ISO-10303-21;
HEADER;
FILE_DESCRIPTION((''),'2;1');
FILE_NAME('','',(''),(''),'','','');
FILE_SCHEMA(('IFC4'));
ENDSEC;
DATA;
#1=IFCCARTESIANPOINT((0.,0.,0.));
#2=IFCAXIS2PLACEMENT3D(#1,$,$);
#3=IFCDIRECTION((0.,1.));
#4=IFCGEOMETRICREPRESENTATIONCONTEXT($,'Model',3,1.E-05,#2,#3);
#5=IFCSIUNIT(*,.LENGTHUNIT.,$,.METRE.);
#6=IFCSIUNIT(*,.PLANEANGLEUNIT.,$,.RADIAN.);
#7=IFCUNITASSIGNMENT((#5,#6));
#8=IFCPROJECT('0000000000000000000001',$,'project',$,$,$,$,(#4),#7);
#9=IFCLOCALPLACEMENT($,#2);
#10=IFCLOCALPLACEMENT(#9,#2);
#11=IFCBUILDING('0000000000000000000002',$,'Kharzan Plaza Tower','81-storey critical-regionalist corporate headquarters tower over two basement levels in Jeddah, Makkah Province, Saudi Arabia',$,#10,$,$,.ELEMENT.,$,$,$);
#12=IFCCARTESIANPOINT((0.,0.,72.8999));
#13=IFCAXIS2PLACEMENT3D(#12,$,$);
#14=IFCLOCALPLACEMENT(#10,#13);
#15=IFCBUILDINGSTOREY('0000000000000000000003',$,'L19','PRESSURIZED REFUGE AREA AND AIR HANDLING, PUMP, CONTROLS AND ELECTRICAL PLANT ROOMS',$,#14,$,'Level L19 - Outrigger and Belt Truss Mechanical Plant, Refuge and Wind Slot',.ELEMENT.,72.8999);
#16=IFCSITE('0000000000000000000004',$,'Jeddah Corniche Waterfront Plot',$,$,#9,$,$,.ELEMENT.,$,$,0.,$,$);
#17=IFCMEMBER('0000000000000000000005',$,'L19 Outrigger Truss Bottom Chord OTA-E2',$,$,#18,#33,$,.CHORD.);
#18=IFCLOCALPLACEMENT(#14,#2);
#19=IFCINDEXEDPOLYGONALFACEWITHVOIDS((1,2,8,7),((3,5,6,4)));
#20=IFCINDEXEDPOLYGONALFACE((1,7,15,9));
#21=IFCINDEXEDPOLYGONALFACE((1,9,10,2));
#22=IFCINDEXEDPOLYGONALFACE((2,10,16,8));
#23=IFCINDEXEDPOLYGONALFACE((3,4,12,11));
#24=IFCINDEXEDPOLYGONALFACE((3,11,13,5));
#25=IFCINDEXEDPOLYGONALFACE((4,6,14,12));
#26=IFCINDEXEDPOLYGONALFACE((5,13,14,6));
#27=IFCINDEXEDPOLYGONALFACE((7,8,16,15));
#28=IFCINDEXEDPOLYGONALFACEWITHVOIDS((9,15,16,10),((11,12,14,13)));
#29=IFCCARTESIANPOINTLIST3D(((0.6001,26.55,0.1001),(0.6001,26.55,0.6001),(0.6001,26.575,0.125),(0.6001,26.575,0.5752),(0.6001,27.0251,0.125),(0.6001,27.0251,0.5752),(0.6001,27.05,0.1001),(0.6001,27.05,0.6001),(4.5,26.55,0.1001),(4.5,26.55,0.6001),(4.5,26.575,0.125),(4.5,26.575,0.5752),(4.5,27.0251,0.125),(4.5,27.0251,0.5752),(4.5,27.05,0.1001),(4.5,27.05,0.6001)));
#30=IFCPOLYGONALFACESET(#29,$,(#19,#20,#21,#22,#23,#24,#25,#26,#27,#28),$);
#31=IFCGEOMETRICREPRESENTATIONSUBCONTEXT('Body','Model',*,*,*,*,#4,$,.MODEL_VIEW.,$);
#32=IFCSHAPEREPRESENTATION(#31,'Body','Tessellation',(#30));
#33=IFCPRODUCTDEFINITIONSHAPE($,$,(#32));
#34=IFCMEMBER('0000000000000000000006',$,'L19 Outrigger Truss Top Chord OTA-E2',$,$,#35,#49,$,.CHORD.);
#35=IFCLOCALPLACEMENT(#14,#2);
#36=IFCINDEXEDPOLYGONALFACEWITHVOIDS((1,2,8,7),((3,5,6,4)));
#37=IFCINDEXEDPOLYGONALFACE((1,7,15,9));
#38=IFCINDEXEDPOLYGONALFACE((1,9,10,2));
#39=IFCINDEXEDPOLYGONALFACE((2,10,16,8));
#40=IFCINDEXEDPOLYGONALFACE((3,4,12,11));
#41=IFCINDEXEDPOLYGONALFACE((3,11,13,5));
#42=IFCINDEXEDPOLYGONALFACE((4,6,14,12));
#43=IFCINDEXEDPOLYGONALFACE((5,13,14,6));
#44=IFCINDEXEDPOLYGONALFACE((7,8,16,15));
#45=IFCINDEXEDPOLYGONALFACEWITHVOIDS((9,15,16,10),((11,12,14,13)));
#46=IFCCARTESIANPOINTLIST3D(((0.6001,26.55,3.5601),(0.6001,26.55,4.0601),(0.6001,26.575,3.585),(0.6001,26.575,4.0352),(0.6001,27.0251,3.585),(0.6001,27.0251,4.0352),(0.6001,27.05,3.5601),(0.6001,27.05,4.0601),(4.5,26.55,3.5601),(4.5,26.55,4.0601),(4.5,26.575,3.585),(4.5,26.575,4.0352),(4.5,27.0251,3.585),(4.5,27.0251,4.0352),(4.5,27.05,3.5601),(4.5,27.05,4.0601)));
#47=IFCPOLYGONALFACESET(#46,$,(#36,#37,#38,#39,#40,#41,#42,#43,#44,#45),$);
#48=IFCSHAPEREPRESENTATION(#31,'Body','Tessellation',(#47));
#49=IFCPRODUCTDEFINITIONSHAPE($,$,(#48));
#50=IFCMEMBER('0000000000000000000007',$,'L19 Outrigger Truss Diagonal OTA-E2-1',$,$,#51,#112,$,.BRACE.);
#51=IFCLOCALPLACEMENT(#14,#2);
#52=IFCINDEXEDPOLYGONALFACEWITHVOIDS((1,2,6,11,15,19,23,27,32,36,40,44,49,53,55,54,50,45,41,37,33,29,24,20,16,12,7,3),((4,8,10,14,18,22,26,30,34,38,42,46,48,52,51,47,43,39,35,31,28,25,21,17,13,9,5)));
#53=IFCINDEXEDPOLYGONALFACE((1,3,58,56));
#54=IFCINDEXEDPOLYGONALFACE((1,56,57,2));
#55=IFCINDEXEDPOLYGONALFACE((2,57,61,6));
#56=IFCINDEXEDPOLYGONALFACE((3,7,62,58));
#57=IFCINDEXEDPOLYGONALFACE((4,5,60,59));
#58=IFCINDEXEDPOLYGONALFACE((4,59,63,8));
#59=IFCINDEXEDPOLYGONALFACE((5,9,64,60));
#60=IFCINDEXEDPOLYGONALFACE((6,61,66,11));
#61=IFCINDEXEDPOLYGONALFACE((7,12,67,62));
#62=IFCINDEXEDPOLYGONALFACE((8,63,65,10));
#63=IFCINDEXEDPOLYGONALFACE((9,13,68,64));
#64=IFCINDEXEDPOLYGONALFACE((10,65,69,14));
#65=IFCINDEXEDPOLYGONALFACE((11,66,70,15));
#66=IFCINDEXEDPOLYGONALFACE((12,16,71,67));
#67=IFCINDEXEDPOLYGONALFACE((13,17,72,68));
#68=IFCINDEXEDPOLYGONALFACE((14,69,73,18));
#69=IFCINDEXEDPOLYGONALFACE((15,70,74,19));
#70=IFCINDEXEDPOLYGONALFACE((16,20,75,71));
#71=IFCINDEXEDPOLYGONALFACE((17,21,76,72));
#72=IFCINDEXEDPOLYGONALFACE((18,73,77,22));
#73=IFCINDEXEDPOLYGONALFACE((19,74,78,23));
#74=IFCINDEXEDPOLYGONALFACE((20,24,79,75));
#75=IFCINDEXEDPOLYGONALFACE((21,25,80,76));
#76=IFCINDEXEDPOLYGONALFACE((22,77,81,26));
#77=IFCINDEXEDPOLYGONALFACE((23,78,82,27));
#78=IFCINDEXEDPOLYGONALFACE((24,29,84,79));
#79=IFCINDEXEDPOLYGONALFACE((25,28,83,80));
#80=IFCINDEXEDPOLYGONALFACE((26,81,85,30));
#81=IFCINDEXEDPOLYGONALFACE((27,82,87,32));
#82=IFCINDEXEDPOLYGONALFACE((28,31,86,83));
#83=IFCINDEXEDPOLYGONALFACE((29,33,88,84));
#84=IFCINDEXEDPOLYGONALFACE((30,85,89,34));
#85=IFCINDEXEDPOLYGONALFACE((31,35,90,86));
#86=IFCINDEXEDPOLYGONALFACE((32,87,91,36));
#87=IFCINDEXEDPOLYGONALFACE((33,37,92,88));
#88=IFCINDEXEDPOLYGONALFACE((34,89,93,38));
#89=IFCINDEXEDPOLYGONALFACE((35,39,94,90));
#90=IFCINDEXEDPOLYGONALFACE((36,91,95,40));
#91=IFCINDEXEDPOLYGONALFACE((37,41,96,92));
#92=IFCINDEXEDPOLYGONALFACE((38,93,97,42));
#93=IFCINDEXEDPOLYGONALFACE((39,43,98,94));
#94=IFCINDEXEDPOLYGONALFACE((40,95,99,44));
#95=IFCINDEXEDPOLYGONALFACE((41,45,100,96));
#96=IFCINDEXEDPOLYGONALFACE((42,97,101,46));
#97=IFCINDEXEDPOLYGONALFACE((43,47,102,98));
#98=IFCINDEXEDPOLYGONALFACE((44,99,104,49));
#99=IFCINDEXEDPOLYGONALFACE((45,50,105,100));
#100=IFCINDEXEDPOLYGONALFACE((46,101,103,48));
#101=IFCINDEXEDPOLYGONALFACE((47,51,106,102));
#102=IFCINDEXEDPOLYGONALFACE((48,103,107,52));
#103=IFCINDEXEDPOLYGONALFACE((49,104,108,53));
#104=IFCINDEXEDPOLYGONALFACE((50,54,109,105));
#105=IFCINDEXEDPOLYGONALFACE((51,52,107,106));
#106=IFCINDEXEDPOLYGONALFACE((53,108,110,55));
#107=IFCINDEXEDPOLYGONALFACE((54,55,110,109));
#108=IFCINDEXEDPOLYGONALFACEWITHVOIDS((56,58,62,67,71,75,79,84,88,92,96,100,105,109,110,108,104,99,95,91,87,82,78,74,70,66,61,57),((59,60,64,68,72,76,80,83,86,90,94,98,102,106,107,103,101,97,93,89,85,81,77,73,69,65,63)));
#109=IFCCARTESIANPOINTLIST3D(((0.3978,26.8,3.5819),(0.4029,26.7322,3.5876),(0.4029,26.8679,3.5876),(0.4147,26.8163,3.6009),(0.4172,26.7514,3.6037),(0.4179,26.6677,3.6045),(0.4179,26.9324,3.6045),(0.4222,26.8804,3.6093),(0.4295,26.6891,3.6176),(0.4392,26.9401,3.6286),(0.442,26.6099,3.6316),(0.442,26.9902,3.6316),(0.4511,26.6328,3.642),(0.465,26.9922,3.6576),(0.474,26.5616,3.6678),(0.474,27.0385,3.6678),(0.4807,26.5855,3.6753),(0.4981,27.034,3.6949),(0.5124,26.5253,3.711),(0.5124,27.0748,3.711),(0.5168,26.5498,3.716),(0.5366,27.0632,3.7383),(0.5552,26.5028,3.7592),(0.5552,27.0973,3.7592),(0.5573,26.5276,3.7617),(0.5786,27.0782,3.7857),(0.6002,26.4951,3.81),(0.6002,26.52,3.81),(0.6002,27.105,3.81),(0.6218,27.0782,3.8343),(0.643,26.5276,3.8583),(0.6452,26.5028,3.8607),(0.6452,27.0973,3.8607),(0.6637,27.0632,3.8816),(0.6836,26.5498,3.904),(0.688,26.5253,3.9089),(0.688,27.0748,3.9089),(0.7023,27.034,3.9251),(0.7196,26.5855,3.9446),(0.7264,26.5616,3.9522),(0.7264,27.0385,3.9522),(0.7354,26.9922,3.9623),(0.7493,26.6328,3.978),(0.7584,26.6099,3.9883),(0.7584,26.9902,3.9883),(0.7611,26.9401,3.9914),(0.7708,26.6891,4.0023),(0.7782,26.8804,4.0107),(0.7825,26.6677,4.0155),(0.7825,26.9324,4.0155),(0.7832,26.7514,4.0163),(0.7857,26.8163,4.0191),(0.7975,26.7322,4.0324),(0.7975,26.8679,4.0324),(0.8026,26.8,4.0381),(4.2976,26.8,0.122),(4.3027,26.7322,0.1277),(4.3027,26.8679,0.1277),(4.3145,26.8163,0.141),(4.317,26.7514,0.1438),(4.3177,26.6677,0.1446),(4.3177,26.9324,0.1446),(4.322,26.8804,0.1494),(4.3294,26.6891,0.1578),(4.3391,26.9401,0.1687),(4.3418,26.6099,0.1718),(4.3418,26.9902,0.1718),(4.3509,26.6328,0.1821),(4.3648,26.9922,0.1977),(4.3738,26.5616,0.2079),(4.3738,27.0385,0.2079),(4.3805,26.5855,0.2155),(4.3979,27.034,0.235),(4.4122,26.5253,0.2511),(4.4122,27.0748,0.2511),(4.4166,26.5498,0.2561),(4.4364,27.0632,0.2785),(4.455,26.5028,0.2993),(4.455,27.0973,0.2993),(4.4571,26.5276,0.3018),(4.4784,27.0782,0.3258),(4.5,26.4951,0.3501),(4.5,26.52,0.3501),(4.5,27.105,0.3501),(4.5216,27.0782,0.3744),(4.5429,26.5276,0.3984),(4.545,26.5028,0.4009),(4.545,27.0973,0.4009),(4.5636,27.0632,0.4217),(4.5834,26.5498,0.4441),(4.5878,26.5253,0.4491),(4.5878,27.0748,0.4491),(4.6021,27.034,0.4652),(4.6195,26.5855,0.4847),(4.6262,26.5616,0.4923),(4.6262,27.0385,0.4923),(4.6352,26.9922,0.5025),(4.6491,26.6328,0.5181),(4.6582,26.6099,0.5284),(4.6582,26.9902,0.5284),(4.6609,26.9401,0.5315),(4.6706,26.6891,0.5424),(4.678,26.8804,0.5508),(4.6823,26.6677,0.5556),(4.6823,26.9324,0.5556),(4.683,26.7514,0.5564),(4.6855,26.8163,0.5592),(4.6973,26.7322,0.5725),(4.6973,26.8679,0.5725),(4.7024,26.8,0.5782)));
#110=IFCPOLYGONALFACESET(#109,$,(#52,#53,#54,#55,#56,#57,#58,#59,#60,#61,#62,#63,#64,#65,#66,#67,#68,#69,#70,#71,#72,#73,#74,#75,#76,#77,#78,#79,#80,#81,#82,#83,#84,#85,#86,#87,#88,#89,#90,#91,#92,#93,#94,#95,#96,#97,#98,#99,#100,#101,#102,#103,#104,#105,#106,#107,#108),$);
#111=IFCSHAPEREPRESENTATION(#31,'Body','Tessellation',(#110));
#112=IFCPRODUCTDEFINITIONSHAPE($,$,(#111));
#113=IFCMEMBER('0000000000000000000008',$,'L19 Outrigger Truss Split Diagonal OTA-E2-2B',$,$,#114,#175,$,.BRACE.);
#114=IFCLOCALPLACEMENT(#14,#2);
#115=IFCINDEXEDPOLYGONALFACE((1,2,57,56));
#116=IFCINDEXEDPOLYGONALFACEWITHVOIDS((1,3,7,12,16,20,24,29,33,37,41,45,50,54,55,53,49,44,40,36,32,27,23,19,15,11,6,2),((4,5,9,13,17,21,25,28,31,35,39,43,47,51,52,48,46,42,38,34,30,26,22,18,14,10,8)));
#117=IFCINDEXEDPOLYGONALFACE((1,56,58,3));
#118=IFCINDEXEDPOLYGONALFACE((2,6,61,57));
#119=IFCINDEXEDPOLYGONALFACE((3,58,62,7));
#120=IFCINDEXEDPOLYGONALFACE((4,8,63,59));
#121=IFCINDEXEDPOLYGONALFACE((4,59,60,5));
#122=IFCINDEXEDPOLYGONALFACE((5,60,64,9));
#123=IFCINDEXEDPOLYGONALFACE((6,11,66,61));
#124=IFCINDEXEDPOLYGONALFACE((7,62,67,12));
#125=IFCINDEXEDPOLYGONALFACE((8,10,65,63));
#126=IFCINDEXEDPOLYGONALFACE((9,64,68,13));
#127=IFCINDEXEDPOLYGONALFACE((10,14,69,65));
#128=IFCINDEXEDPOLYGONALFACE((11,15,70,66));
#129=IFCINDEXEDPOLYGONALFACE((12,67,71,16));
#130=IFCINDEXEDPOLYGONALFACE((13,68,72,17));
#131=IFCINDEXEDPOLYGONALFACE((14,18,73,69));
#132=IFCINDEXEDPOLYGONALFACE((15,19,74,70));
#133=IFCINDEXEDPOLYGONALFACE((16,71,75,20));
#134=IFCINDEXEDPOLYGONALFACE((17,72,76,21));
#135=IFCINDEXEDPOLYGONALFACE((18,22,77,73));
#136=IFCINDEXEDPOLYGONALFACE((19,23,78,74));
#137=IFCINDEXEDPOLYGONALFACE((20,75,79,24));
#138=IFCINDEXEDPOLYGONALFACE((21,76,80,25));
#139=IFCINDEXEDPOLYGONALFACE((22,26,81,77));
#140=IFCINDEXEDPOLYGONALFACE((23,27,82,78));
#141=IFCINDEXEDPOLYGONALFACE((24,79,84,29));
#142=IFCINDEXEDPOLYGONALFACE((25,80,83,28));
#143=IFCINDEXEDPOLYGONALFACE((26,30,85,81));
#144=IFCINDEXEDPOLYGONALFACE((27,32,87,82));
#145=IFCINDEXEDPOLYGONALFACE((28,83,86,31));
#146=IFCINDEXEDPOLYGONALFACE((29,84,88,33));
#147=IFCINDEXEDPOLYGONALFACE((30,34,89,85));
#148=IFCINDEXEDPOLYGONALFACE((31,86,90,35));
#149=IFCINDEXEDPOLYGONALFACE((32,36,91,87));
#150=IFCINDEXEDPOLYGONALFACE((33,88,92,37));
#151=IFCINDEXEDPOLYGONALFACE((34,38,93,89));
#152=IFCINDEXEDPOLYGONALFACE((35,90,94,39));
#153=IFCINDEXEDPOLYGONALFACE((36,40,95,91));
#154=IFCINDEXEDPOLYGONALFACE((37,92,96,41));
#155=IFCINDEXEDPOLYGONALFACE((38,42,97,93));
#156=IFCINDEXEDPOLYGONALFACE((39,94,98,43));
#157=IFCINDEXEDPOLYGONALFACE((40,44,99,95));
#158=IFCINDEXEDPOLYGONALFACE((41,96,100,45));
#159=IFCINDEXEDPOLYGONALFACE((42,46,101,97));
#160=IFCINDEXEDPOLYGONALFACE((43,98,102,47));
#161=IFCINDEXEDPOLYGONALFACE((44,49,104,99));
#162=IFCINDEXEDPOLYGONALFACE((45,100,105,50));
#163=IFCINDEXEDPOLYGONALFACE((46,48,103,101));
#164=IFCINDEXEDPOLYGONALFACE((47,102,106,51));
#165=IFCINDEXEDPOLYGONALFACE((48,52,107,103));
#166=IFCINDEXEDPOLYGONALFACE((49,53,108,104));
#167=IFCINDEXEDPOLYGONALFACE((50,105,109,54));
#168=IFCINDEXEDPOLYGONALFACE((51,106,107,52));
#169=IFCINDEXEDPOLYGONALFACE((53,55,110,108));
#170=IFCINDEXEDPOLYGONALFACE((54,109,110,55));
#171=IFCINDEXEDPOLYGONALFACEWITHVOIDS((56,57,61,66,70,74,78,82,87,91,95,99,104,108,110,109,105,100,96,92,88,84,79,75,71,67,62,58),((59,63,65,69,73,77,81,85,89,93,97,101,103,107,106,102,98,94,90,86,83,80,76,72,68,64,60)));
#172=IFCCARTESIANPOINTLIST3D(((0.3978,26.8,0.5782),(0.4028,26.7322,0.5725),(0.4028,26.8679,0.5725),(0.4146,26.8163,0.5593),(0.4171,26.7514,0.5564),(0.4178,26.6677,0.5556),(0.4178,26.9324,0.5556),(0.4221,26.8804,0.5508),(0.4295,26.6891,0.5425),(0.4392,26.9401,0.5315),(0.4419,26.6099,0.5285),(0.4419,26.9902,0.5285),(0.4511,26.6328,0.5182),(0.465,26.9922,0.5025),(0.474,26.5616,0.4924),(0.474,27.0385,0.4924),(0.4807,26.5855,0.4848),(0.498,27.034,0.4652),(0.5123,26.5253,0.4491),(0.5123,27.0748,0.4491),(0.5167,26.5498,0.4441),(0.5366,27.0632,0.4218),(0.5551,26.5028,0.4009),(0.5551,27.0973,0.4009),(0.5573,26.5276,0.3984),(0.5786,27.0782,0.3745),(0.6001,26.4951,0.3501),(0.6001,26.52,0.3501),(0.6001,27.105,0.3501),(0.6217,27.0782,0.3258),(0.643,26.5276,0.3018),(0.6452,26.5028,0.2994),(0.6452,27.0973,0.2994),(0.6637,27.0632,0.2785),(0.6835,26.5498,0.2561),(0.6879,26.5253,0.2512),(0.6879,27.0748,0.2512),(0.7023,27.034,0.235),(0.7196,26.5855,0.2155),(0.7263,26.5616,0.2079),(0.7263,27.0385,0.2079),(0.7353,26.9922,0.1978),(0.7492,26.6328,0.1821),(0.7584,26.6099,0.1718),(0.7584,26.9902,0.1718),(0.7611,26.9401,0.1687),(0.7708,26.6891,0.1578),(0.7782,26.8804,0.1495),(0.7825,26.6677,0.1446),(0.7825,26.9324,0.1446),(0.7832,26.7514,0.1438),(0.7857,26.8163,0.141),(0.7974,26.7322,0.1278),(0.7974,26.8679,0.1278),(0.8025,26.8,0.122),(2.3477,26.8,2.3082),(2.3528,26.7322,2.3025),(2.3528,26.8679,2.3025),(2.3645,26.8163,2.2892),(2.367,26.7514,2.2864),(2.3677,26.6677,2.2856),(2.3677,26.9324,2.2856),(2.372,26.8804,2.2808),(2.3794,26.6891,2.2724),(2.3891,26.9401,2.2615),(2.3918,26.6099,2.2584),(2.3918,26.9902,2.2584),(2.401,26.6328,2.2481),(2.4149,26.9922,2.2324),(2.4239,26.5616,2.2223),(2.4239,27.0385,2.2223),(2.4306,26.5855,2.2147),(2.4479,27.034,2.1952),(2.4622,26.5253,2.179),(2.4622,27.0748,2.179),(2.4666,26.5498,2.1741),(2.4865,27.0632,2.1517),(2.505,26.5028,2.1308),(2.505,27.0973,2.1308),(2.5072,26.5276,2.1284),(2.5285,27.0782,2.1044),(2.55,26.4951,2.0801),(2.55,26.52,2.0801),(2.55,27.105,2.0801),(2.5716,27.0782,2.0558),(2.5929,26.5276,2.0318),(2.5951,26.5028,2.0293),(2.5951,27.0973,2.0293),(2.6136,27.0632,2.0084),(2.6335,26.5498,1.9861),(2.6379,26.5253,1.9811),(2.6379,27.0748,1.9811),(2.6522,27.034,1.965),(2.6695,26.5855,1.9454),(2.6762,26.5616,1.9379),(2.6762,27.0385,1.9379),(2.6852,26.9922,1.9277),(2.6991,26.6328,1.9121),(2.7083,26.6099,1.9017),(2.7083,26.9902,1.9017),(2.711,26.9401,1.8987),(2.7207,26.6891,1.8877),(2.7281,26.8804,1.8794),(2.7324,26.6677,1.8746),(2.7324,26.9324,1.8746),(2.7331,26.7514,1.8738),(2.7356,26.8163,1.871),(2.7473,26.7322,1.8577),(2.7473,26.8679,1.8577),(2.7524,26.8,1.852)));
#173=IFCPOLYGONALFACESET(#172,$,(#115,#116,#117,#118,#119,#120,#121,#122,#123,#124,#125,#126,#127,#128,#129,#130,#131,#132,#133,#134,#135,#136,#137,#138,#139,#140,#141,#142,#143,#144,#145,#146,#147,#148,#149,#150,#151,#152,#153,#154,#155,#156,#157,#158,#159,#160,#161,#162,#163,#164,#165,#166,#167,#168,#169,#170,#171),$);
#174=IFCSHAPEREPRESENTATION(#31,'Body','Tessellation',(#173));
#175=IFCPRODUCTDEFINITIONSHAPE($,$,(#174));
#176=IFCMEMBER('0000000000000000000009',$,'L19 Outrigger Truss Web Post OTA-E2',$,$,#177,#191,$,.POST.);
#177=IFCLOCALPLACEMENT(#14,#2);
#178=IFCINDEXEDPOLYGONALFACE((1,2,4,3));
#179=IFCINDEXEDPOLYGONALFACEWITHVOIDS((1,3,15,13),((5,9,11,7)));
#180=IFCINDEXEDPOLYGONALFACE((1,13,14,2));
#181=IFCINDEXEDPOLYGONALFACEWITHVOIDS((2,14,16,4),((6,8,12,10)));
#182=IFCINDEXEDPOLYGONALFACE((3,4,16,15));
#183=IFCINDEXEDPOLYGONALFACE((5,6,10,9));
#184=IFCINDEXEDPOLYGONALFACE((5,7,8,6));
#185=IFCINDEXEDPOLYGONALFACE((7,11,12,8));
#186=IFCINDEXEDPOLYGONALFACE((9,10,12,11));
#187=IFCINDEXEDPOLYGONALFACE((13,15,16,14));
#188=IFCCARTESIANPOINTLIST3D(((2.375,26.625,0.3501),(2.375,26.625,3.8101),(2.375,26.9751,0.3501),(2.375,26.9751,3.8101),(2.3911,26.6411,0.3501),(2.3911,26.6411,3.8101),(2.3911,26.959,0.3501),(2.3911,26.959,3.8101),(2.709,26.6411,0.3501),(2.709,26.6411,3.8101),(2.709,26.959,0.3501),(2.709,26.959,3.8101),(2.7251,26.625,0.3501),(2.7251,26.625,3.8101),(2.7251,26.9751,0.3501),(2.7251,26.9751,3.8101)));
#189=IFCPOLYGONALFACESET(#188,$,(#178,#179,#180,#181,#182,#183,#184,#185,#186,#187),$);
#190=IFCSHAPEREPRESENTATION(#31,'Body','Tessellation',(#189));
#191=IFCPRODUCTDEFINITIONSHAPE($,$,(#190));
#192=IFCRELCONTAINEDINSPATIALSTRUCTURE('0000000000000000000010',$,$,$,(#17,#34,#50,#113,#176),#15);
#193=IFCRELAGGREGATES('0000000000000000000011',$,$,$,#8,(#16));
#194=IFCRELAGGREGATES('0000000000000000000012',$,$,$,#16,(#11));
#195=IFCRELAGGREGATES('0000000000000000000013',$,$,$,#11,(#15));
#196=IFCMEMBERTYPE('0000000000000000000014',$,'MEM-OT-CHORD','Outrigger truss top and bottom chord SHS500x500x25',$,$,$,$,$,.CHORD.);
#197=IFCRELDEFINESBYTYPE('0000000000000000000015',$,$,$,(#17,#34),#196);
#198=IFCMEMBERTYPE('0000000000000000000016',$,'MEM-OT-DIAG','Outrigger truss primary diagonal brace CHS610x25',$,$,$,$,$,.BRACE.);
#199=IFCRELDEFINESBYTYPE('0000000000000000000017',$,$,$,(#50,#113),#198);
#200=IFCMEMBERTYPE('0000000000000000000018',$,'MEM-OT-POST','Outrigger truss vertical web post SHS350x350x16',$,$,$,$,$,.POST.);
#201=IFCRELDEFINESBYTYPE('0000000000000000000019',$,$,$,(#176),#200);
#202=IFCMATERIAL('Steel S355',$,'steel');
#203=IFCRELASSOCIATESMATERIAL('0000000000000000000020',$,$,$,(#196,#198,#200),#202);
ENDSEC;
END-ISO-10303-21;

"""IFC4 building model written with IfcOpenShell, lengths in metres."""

from ifc_helpers import new_model, si_unit, direction, frame, origin, origin_2d, place, context, subcontext, project, spatial, hollow_rectangle, hollow_circle, extrude, source, transform, mapped, material, material_profile, profile_set, type_object, element, save


model = new_model("IFC4")

# Units and contexts
model_context = context("Model", 3, precision=1e-05, world=origin(), true_north=direction((0.0, 1.0)))
body_context = subcontext(model_context, "Body", "Model", "MODEL_VIEW")
ifc_project = project(units=[si_unit("LENGTHUNIT", "METRE"), si_unit("PLANEANGLEUNIT", "RADIAN")], contexts=[model_context])

# Site, building, storey
site_placement = place(None, origin())
site = spatial("IfcSite", under=ifc_project, at=site_placement, Name="Jeddah Corniche Waterfront Plot", CompositionType="ELEMENT", RefElevation=0.0)
building_placement = place(site_placement, origin())
building = spatial("IfcBuilding", under=site, at=building_placement, Name="Kharzan Plaza Tower", Description="81-storey critical-regionalist corporate headquarters tower over two basement levels in Jeddah, Makkah Province, Saudi Arabia", CompositionType="ELEMENT")
storey_placement = place(building_placement, frame((0.0, 0.0, 72.8999)))
storey = spatial("IfcBuildingStorey", under=building, at=storey_placement, Name="L19", Description="PRESSURIZED REFUGE AREA AND AIR HANDLING, PUMP, CONTROLS AND ELECTRICAL PLANT ROOMS", LongName="Level L19 - Outrigger and Belt Truss Mechanical Plant, Refuge and Wind Slot", CompositionType="ELEMENT", Elevation=72.8999)

# Shared definitions
ifc_material_1 = material(Name="Steel S355", Category="steel")

# Members
ifc_material_profile_1 = material_profile(ifc_material_1, hollow_rectangle(XDim=0.5, YDim=0.5, WallThickness=0.0249, at=origin_2d()), Name="SHS500x500x25")
ifc_profile_set_1 = profile_set([ifc_material_profile_1], Name="Steel S355")
member_type_1 = type_object("IfcMemberType", Name="MEM-OT-CHORD", Description="Outrigger truss top and bottom chord SHS500x500x25", PredefinedType="CHORD", material=ifc_profile_set_1)
shared_shape_1 = source(origin(), body_context, "Body", "SweptSolid", [
    extrude(hollow_rectangle(XDim=0.5, YDim=0.5, WallThickness=0.0249, at=origin_2d()), origin(), (0.0, 0.0, 1.0), 3.8999),
])
for number, where, z_axis, x_axis, name in (
    (1, (4.5, 26.8, 0.3501), (-1.0, 0.0, 0.0), (0.0, -1.0, 0.0), "L19 Outrigger Truss Bottom Chord OTA-E2"),
    (2, (4.5, 26.8, 3.8101), (-1.0, 0.0, 0.0), (0.0, -1.0, 0.0), "L19 Outrigger Truss Top Chord OTA-E2"),
):
    element("IfcMember", number, at=place(storey_placement, frame(where, z_axis=z_axis, x_axis=x_axis)), inside=storey, type_object=member_type_1, Name=name, PredefinedType="CHORD", context=body_context, shape_type="MappedRepresentation", body=[
        mapped(shared_shape_1, transform((0.0, 0.0, 0.0), x_axis=(1.0, 0.0, 0.0), y_axis=(0.0, 1.0, 0.0), z_axis=(0.0, 0.0, 1.0))),
    ])
ifc_material_profile_2 = material_profile(ifc_material_1, hollow_circle(Radius=0.3049, WallThickness=0.0249, at=origin_2d()), Name="CHS610x25")
ifc_profile_set_2 = profile_set([ifc_material_profile_2], Name="Steel S355")
member_type_2 = type_object("IfcMemberType", Name="MEM-OT-DIAG", Description="Outrigger truss primary diagonal brace CHS610x25", PredefinedType="BRACE", material=ifc_profile_set_2)
shared_shape_2 = source(origin(), body_context, "Body", "SweptSolid", [
    extrude(hollow_circle(Radius=0.3049, WallThickness=0.0249, at=origin_2d()), origin(), (0.0, 0.0, 1.0), 5.2134),
])
member_1_placement = place(storey_placement, frame((4.5, 26.8, 0.3501), z_axis=(-0.748039, 0.0, 0.663654), x_axis=(0.0, -1.0, 0.0)))
element("IfcMember", 3, at=member_1_placement, inside=storey, type_object=member_type_2, Name="L19 Outrigger Truss Diagonal OTA-E2-1", PredefinedType="BRACE", context=body_context, shape_type="MappedRepresentation", body=[
    mapped(shared_shape_2, transform((0.0, 0.0, 0.0), x_axis=(1.0, 0.0, 0.0), y_axis=(0.0, 1.0, 0.0), z_axis=(0.0, 0.0, 1.0))),
])
shared_shape_3 = source(origin(), body_context, "Body", "SweptSolid", [
    extrude(hollow_circle(Radius=0.3049, WallThickness=0.0249, at=origin_2d()), origin(), (0.0, 0.0, 1.0), 2.6067),
])
member_2_placement = place(storey_placement, frame((2.55, 26.8, 2.0801), z_axis=(-0.748039, 0.0, -0.663654), x_axis=(0.0, -1.0, 0.0)))
element("IfcMember", 4, at=member_2_placement, inside=storey, type_object=member_type_2, Name="L19 Outrigger Truss Split Diagonal OTA-E2-2B", PredefinedType="BRACE", context=body_context, shape_type="MappedRepresentation", body=[
    mapped(shared_shape_3, transform((0.0, 0.0, 0.0), x_axis=(1.0, 0.0, 0.0), y_axis=(0.0, 1.0, 0.0), z_axis=(0.0, 0.0, 1.0))),
])
ifc_material_profile_3 = material_profile(ifc_material_1, hollow_rectangle(XDim=0.3501, YDim=0.3501, WallThickness=0.0161, at=origin_2d()), Name="SHS350x350x16")
ifc_profile_set_3 = profile_set([ifc_material_profile_3], Name="Steel S355")
member_type_3 = type_object("IfcMemberType", Name="MEM-OT-POST", Description="Outrigger truss vertical web post SHS350x350x16", PredefinedType="POST", material=ifc_profile_set_3)
shared_shape_4 = source(origin(), body_context, "Body", "SweptSolid", [
    extrude(hollow_rectangle(XDim=0.3501, YDim=0.3501, WallThickness=0.0161, at=origin_2d()), origin(), (0.0, 0.0, 1.0), 3.46),
])
member_3_placement = place(storey_placement, frame((2.55, 26.8, 0.3501), z_axis=(0.0, 0.0, 1.0), x_axis=(1.0, 0.0, 0.0)))
element("IfcMember", 5, at=member_3_placement, inside=storey, type_object=member_type_3, Name="L19 Outrigger Truss Web Post OTA-E2", PredefinedType="POST", context=body_context, shape_type="MappedRepresentation", body=[
    mapped(shared_shape_4, transform((0.0, 0.0, 0.0), x_axis=(1.0, 0.0, 0.0), y_axis=(0.0, 1.0, 0.0), z_axis=(0.0, 0.0, 1.0))),
])

save(model, "model.ifc")
